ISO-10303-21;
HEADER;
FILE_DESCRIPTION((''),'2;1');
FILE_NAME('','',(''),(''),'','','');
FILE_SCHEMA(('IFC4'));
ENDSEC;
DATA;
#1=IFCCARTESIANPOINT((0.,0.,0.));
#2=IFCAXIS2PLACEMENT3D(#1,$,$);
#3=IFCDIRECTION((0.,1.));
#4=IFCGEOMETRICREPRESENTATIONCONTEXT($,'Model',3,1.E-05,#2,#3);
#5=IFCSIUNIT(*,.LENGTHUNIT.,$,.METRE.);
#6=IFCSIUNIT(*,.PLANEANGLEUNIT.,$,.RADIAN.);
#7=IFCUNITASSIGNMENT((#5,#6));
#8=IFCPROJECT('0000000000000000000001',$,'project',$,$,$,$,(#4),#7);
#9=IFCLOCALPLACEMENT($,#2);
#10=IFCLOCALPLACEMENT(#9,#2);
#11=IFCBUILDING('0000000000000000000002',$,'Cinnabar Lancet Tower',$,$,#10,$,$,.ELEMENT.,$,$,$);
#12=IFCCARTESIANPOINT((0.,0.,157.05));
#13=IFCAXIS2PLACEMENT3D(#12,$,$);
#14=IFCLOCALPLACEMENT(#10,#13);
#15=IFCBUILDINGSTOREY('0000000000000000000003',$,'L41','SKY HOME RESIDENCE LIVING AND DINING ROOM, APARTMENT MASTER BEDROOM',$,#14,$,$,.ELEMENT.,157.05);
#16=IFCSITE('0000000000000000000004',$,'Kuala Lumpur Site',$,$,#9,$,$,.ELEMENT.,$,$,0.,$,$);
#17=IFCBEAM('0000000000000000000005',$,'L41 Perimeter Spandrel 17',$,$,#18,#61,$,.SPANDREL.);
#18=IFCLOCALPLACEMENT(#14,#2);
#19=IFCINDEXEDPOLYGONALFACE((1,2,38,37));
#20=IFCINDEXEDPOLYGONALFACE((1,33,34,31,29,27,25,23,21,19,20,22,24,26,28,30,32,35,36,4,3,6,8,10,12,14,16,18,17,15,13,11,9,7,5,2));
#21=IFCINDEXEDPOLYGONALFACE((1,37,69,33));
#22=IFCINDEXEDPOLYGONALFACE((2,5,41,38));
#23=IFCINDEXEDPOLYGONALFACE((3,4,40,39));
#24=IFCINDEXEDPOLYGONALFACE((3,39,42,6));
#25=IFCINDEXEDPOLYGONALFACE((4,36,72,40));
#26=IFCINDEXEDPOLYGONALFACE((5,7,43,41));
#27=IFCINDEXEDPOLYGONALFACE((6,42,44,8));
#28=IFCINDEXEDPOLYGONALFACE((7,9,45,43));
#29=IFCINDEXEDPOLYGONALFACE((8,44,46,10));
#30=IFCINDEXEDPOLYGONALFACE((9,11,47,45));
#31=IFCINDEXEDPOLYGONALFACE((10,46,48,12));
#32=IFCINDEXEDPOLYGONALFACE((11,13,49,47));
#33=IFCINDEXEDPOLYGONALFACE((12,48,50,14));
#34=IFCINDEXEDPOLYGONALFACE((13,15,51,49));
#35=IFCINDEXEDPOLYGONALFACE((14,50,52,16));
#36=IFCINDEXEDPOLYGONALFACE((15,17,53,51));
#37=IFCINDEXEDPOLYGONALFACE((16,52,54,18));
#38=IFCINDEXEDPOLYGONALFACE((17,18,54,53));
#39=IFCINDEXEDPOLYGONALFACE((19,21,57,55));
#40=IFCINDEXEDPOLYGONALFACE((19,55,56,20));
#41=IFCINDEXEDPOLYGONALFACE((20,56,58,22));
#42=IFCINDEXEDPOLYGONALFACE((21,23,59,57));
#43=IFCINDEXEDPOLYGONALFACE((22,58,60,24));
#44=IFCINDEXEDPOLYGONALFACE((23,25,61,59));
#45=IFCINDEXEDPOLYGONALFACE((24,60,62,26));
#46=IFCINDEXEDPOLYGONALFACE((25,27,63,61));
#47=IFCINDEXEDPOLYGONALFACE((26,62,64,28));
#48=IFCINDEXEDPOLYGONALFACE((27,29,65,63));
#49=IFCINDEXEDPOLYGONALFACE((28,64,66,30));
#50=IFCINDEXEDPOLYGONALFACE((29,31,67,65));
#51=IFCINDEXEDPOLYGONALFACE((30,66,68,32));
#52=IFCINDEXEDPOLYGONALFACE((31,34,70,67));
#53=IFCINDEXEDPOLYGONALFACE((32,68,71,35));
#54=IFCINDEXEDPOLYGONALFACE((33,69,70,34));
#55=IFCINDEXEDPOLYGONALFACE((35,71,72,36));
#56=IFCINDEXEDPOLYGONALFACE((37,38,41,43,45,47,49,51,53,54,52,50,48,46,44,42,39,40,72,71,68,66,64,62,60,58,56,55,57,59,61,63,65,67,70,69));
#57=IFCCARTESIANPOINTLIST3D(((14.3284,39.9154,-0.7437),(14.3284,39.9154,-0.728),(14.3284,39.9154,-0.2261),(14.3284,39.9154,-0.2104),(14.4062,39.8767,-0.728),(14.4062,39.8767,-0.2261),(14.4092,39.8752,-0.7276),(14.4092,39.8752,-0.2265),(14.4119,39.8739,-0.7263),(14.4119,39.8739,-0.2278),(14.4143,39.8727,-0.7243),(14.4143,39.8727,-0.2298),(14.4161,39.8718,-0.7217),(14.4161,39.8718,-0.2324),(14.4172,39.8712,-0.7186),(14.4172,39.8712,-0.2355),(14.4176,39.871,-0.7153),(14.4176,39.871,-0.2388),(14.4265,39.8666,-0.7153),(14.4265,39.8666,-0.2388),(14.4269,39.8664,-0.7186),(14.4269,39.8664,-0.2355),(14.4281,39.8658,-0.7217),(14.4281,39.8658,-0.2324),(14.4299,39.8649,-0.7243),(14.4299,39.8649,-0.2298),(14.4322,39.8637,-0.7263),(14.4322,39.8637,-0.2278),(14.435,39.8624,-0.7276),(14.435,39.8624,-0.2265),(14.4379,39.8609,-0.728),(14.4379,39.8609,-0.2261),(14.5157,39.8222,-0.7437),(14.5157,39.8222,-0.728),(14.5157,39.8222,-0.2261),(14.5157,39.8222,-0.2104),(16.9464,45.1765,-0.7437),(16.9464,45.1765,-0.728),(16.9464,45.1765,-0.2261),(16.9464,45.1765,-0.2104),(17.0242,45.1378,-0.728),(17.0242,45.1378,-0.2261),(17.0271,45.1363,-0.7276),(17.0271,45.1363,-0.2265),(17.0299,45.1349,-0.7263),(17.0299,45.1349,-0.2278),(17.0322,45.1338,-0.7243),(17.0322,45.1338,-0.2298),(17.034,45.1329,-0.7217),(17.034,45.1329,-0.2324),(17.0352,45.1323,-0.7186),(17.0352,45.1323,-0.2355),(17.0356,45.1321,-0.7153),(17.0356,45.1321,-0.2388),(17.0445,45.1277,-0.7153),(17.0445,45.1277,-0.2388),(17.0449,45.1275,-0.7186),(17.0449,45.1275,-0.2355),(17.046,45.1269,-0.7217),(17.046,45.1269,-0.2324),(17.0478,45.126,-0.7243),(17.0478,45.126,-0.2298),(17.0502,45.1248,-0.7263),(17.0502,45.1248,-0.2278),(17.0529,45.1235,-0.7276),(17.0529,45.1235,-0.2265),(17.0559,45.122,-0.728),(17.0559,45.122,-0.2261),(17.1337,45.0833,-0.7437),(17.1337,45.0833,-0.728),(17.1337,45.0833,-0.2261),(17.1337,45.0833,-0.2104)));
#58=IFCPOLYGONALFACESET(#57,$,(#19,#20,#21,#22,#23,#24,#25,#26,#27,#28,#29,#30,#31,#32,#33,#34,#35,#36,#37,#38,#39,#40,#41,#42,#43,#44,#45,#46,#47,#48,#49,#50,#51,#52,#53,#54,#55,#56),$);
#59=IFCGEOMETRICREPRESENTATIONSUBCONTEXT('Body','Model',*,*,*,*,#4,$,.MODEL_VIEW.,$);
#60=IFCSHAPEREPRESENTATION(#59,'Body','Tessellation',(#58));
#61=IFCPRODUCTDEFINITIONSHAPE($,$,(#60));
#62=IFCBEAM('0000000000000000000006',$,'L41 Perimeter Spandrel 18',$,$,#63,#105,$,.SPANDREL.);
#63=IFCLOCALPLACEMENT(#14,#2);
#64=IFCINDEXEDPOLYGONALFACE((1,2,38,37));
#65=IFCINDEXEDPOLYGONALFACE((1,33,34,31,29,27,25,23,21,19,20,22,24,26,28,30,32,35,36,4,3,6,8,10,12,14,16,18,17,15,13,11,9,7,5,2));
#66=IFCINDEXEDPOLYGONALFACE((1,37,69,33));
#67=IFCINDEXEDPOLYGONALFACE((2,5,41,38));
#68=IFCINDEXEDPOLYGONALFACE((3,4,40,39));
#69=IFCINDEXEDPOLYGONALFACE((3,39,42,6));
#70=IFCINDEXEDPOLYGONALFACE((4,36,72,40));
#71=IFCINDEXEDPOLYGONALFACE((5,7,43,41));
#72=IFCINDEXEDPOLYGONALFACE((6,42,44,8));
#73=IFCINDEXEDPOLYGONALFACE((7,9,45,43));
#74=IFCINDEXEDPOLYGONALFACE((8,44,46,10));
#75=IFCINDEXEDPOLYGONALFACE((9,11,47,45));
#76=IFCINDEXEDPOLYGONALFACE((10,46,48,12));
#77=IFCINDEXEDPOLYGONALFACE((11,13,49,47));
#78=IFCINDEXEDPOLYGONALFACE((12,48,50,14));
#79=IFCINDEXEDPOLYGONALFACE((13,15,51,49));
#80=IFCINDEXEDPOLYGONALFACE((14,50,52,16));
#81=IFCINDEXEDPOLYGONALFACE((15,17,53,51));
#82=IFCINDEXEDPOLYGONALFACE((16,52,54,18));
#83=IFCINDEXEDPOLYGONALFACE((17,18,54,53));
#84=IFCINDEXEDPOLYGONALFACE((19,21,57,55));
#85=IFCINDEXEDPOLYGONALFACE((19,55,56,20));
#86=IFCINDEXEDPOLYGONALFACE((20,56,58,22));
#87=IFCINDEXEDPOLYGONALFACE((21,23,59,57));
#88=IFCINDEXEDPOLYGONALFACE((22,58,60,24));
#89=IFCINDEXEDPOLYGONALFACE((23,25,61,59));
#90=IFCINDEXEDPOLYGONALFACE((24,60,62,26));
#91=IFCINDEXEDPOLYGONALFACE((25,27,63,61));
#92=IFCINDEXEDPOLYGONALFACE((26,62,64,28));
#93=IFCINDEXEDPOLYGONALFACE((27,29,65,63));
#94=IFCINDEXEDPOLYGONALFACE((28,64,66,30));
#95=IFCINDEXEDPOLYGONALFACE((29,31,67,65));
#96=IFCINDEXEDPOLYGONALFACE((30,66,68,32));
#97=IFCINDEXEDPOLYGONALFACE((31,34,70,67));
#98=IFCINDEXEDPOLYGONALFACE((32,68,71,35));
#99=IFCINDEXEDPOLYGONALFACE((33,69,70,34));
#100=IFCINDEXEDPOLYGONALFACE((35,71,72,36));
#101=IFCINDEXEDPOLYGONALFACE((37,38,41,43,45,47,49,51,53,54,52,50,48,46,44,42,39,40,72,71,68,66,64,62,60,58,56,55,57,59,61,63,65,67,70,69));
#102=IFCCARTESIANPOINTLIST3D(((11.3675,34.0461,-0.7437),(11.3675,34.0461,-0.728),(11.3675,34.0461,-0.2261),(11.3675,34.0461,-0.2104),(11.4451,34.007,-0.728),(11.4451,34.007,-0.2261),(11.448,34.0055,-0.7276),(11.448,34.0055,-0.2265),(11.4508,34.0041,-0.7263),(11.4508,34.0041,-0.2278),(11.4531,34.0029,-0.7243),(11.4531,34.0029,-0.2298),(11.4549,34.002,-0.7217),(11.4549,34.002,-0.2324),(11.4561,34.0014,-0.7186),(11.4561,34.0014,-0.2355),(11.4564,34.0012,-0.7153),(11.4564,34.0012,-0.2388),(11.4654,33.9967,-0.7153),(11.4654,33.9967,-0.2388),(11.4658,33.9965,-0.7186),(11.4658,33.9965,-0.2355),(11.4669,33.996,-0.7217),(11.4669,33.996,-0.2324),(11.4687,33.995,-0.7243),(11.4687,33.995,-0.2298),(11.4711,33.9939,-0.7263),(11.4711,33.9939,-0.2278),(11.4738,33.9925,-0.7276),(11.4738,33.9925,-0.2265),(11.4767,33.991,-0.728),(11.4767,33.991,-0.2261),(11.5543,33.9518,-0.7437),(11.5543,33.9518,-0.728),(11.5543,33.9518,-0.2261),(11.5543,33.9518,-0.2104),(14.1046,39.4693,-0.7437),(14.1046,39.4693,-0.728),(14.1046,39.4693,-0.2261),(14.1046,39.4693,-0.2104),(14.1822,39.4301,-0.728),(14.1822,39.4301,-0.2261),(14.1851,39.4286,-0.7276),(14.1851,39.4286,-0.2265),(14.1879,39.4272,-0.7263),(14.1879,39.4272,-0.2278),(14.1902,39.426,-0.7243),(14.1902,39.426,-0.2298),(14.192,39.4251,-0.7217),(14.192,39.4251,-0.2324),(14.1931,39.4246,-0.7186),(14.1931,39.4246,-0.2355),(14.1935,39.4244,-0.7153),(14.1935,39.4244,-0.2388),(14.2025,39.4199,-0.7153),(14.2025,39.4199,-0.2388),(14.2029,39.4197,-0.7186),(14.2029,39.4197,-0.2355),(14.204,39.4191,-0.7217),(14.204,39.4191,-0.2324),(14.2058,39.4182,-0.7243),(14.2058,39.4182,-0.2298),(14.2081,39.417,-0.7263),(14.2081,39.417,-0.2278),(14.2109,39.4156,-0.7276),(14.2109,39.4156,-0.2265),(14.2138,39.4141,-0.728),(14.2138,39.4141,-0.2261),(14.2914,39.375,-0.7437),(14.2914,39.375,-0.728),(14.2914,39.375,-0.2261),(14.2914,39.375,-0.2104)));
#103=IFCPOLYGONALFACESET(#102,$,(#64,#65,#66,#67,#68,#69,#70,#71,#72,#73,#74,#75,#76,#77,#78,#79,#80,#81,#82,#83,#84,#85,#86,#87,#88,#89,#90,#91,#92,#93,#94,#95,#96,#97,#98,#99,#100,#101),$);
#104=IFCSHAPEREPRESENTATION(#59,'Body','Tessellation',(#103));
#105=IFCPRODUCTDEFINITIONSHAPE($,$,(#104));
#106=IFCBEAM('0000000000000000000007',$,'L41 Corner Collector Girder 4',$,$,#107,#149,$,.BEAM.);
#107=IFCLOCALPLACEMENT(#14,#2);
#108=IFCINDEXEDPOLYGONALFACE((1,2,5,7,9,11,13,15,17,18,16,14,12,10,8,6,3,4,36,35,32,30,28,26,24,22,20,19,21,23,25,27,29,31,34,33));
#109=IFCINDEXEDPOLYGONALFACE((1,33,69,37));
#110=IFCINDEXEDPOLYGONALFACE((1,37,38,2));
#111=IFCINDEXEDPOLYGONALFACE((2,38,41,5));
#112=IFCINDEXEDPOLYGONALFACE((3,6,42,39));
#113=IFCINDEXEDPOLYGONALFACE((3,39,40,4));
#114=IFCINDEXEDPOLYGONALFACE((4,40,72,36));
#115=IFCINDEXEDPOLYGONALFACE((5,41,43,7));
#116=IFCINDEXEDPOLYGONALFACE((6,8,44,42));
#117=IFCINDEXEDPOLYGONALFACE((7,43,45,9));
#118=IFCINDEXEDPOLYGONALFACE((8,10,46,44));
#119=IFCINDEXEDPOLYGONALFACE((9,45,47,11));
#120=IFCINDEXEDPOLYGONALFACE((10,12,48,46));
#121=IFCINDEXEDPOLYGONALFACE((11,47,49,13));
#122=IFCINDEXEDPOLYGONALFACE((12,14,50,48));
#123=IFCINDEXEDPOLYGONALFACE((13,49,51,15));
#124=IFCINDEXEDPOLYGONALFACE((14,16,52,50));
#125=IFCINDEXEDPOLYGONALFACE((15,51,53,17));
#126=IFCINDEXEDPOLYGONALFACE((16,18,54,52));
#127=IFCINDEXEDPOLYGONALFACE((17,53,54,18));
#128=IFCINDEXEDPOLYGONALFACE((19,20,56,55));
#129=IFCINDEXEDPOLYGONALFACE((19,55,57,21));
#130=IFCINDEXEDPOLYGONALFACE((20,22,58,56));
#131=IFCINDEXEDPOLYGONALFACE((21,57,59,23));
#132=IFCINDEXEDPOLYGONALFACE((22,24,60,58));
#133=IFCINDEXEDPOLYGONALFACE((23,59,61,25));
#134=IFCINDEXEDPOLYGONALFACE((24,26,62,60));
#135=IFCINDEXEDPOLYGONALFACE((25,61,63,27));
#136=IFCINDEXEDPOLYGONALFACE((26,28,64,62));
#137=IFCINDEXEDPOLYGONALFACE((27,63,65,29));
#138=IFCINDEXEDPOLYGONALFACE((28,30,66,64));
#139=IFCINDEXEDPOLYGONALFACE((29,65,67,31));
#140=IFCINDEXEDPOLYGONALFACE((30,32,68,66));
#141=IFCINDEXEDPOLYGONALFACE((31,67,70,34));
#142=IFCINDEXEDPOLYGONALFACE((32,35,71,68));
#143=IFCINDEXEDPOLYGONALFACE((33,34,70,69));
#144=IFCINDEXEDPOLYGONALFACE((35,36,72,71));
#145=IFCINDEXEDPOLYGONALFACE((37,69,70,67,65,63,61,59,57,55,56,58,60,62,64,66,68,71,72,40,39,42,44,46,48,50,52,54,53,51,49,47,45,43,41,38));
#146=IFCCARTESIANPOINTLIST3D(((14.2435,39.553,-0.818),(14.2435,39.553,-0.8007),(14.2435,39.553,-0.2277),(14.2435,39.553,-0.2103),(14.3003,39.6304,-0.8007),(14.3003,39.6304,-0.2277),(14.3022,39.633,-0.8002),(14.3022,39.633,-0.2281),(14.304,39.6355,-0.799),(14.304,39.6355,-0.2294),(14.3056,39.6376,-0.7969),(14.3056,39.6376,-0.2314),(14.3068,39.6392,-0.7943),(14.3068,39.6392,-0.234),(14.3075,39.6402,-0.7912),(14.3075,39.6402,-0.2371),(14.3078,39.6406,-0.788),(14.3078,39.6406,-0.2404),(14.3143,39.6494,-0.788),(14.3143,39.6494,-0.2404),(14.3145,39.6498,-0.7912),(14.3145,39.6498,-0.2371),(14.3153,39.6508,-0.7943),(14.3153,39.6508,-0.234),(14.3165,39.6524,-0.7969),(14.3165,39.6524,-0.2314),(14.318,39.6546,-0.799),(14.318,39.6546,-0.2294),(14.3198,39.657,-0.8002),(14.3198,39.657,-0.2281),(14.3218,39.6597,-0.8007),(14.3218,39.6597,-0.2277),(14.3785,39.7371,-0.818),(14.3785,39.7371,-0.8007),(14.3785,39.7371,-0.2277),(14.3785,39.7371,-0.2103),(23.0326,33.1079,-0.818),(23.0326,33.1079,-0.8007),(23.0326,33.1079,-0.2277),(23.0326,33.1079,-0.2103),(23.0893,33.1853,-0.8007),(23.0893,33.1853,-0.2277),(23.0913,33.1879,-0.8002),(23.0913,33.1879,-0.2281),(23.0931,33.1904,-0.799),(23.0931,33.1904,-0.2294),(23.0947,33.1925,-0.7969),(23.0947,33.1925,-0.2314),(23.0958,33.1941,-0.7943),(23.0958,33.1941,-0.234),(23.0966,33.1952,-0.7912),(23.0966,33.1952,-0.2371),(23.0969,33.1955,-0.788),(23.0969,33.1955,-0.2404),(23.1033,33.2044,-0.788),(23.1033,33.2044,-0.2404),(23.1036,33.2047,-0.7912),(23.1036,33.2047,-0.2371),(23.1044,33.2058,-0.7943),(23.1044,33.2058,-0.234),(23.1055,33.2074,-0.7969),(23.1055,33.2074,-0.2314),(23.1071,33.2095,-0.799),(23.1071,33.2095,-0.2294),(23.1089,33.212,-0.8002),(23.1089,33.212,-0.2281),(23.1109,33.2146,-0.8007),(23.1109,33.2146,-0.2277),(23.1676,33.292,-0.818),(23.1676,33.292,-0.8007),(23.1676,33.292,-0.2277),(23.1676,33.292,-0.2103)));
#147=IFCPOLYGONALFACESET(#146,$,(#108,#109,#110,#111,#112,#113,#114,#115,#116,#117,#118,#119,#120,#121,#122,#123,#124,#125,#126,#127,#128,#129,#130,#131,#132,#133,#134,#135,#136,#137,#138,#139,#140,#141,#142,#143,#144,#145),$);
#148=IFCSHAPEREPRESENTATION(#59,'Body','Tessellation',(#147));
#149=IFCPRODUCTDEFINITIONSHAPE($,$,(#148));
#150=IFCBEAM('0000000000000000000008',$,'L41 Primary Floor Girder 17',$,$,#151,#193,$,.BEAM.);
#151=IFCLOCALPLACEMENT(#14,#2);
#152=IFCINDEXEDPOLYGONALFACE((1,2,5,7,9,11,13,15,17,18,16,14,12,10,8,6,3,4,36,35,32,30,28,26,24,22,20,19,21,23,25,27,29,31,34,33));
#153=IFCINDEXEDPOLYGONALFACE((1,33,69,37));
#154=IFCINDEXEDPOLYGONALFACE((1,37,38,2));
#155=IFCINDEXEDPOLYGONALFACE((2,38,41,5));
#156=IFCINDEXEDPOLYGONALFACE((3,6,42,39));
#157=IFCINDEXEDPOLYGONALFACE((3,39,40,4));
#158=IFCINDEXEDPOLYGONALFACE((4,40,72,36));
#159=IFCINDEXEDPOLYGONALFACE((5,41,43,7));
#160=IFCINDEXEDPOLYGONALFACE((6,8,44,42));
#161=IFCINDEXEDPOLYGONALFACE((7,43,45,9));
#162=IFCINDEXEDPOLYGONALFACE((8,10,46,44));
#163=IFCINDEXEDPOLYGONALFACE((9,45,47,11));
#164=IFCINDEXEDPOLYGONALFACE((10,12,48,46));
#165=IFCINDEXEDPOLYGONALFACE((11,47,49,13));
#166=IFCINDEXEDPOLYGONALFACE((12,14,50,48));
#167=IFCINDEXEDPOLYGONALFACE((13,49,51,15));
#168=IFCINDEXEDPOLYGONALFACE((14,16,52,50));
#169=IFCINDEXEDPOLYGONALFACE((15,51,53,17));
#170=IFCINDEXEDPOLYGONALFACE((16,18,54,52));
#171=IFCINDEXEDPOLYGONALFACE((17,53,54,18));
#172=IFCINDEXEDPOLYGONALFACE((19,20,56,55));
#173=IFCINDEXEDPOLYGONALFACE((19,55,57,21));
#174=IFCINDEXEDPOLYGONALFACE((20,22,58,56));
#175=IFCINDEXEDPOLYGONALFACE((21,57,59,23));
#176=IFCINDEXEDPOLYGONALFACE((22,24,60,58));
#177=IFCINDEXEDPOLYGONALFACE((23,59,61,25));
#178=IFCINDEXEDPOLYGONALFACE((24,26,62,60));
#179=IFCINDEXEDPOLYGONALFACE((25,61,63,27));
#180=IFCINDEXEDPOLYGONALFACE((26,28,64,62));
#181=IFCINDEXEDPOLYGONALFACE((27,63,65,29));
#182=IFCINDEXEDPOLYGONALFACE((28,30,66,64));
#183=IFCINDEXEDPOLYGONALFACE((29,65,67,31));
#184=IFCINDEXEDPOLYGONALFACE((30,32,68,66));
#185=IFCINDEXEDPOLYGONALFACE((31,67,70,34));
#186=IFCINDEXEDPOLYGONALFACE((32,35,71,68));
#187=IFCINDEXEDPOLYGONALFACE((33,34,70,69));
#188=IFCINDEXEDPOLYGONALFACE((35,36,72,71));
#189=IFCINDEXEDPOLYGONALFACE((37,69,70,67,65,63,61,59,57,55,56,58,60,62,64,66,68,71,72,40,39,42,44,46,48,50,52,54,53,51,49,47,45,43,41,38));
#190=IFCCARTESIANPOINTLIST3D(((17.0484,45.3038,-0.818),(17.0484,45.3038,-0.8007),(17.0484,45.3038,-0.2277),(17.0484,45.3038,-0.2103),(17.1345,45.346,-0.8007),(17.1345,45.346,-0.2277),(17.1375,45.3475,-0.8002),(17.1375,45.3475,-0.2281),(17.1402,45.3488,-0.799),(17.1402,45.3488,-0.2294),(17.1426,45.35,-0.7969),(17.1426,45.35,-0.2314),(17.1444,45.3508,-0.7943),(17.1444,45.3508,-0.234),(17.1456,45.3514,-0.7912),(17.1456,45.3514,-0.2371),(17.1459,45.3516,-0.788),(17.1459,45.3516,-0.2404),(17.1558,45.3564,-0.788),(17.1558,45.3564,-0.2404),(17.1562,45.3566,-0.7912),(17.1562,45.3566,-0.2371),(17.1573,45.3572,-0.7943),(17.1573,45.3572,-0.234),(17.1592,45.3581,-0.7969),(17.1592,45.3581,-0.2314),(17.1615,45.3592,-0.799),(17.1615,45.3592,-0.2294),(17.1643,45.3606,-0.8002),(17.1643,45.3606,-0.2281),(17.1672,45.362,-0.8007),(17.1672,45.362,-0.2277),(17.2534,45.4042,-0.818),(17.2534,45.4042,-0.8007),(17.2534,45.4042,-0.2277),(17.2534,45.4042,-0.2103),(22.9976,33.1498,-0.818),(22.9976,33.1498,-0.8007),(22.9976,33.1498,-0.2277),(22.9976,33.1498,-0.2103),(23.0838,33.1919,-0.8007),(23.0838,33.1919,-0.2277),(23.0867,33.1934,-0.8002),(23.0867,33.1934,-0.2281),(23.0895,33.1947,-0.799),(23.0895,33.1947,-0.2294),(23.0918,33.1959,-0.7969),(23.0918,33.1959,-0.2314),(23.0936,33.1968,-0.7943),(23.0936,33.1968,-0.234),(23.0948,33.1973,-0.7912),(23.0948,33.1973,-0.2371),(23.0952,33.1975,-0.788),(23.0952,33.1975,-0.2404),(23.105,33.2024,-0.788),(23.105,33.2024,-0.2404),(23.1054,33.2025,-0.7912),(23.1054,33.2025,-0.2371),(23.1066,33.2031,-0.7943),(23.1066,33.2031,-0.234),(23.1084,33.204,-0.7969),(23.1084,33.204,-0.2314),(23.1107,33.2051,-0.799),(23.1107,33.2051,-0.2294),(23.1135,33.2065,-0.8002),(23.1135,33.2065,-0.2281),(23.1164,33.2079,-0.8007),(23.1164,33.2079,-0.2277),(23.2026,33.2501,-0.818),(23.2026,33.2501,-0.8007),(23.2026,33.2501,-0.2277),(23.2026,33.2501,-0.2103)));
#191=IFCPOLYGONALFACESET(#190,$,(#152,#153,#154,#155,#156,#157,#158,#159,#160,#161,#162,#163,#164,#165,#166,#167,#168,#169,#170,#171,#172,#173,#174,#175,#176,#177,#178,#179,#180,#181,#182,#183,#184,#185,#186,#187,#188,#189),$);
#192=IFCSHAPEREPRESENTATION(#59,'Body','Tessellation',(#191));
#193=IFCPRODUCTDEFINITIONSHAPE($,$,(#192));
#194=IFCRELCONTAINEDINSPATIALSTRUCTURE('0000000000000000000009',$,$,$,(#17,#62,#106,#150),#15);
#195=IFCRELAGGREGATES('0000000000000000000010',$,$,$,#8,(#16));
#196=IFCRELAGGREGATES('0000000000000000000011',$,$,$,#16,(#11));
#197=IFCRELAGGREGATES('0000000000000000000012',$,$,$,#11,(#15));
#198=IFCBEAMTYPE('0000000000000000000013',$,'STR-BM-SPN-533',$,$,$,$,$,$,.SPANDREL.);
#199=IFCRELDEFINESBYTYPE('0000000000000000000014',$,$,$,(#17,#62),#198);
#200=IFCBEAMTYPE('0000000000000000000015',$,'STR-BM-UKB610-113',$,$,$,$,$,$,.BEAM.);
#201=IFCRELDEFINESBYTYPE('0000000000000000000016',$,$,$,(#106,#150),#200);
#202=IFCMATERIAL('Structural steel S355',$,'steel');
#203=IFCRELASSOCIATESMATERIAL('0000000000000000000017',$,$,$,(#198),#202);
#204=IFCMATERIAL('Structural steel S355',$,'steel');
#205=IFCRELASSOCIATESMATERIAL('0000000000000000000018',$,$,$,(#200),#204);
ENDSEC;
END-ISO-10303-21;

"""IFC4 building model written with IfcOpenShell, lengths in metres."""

from ifc_helpers import new_model, si_unit, direction, frame, origin, origin_2d, place, context, subcontext, project, spatial, i_section, extrude, material, material_profile, profile_set, type_object, element, save


model = new_model("IFC4")

# Units and contexts
model_context = context("Model", 3, precision=1e-05, world=origin(), true_north=direction((0.0, 1.0)))
body_context = subcontext(model_context, "Body", "Model", "MODEL_VIEW")
ifc_project = project(units=[si_unit("LENGTHUNIT", "METRE"), si_unit("PLANEANGLEUNIT", "RADIAN")], contexts=[model_context])

# Site, building, storey
site_placement = place(None, origin())
site = spatial("IfcSite", under=ifc_project, at=site_placement, Name="Kuala Lumpur Site", CompositionType="ELEMENT", RefElevation=0.0)
building_placement = place(site_placement, origin())
building = spatial("IfcBuilding", under=site, at=building_placement, Name="Cinnabar Lancet Tower", CompositionType="ELEMENT")
storey_placement = place(building_placement, frame((0.0, 0.0, 157.05)))
storey = spatial("IfcBuildingStorey", under=building, at=storey_placement, Name="L41", Description="SKY HOME RESIDENCE LIVING AND DINING ROOM, APARTMENT MASTER BEDROOM", CompositionType="ELEMENT", Elevation=157.05)

# Beams
ifc_material_1 = material(Name="Structural steel S355", Category="steel")
ifc_material_profile_1 = material_profile(ifc_material_1, i_section(OverallWidth=0.2092, OverallDepth=0.5332, WebThickness=0.01, FlangeThickness=0.0156, FilletRadius=0.0127, at=origin_2d()), Name="UKB 533x210x92")
ifc_profile_set_1 = profile_set([ifc_material_profile_1], Name="Structural steel S355")
beam_type_1 = type_object("IfcBeamType", Name="STR-BM-SPN-533", PredefinedType="SPANDREL", material=ifc_profile_set_1)
beam_1_placement = place(storey_placement, frame((17.04, 45.1299, -0.4771), z_axis=(-0.445501, -0.895281, 0.0), x_axis=(0.895281, -0.445501, 0.0)))
element("IfcBeam", 1, at=beam_1_placement, inside=storey, type_object=beam_type_1, Name="L41 Perimeter Spandrel 17", PredefinedType="SPANDREL", context=body_context, shape_type="SweptSolid", body=[
    extrude(i_section(OverallWidth=0.2092, OverallDepth=0.5332, WebThickness=0.01, FlangeThickness=0.0156, FilletRadius=0.0127, at=origin_2d()), origin(), (0.0, 0.0, 1.0), 5.8765),
])
beam_2_placement = place(storey_placement, frame((14.198, 39.4221, -0.4771), z_axis=(-0.45057, -0.892741, 0.0), x_axis=(0.892741, -0.45057, 0.0)))
element("IfcBeam", 2, at=beam_2_placement, inside=storey, type_object=beam_type_1, Name="L41 Perimeter Spandrel 18", PredefinedType="SPANDREL", context=body_context, shape_type="SweptSolid", body=[
    extrude(i_section(OverallWidth=0.2092, OverallDepth=0.5332, WebThickness=0.01, FlangeThickness=0.0156, FilletRadius=0.0127, at=origin_2d()), origin(), (0.0, 0.0, 1.0), 6.0747),
])
ifc_material_2 = material(Name="Structural steel S355", Category="steel")
ifc_material_profile_2 = material_profile(ifc_material_2, i_section(OverallWidth=0.2283, OverallDepth=0.6077, WebThickness=0.011, FlangeThickness=0.0173, FilletRadius=0.0127, at=origin_2d()), Name="UKB 610x229x113")
ifc_profile_set_2 = profile_set([ifc_material_profile_2], Name="Structural steel S355")
beam_type_2 = type_object("IfcBeamType", Name="STR-BM-UKB610-113", PredefinedType="BEAM", material=ifc_profile_set_2)
beam_3_placement = place(storey_placement, frame((14.311, 39.645, -0.5142), z_axis=(0.806416, -0.591349, 0.0), x_axis=(0.591349, 0.806416, 0.0)))
element("IfcBeam", 3, at=beam_3_placement, inside=storey, type_object=beam_type_2, Name="L41 Corner Collector Girder 4", PredefinedType="BEAM", context=body_context, shape_type="SweptSolid", body=[
    extrude(i_section(OverallWidth=0.2283, OverallDepth=0.6077, WebThickness=0.011, FlangeThickness=0.0173, FilletRadius=0.0127, at=origin_2d()), origin(), (0.0, 0.0, 1.0), 10.8989),
])
beam_4_placement = place(storey_placement, frame((17.1509, 45.354, -0.5142), z_axis=(0.439642, -0.898173, 0.0), x_axis=(0.898173, 0.439642, 0.0)))
element("IfcBeam", 4, at=beam_4_placement, inside=storey, type_object=beam_type_2, Name="L41 Primary Floor Girder 17", PredefinedType="BEAM", context=body_context, shape_type="SweptSolid", body=[
    extrude(i_section(OverallWidth=0.2283, OverallDepth=0.6077, WebThickness=0.011, FlangeThickness=0.0173, FilletRadius=0.0127, at=origin_2d()), origin(), (0.0, 0.0, 1.0), 13.532),
])

save(model, "model.ifc")
